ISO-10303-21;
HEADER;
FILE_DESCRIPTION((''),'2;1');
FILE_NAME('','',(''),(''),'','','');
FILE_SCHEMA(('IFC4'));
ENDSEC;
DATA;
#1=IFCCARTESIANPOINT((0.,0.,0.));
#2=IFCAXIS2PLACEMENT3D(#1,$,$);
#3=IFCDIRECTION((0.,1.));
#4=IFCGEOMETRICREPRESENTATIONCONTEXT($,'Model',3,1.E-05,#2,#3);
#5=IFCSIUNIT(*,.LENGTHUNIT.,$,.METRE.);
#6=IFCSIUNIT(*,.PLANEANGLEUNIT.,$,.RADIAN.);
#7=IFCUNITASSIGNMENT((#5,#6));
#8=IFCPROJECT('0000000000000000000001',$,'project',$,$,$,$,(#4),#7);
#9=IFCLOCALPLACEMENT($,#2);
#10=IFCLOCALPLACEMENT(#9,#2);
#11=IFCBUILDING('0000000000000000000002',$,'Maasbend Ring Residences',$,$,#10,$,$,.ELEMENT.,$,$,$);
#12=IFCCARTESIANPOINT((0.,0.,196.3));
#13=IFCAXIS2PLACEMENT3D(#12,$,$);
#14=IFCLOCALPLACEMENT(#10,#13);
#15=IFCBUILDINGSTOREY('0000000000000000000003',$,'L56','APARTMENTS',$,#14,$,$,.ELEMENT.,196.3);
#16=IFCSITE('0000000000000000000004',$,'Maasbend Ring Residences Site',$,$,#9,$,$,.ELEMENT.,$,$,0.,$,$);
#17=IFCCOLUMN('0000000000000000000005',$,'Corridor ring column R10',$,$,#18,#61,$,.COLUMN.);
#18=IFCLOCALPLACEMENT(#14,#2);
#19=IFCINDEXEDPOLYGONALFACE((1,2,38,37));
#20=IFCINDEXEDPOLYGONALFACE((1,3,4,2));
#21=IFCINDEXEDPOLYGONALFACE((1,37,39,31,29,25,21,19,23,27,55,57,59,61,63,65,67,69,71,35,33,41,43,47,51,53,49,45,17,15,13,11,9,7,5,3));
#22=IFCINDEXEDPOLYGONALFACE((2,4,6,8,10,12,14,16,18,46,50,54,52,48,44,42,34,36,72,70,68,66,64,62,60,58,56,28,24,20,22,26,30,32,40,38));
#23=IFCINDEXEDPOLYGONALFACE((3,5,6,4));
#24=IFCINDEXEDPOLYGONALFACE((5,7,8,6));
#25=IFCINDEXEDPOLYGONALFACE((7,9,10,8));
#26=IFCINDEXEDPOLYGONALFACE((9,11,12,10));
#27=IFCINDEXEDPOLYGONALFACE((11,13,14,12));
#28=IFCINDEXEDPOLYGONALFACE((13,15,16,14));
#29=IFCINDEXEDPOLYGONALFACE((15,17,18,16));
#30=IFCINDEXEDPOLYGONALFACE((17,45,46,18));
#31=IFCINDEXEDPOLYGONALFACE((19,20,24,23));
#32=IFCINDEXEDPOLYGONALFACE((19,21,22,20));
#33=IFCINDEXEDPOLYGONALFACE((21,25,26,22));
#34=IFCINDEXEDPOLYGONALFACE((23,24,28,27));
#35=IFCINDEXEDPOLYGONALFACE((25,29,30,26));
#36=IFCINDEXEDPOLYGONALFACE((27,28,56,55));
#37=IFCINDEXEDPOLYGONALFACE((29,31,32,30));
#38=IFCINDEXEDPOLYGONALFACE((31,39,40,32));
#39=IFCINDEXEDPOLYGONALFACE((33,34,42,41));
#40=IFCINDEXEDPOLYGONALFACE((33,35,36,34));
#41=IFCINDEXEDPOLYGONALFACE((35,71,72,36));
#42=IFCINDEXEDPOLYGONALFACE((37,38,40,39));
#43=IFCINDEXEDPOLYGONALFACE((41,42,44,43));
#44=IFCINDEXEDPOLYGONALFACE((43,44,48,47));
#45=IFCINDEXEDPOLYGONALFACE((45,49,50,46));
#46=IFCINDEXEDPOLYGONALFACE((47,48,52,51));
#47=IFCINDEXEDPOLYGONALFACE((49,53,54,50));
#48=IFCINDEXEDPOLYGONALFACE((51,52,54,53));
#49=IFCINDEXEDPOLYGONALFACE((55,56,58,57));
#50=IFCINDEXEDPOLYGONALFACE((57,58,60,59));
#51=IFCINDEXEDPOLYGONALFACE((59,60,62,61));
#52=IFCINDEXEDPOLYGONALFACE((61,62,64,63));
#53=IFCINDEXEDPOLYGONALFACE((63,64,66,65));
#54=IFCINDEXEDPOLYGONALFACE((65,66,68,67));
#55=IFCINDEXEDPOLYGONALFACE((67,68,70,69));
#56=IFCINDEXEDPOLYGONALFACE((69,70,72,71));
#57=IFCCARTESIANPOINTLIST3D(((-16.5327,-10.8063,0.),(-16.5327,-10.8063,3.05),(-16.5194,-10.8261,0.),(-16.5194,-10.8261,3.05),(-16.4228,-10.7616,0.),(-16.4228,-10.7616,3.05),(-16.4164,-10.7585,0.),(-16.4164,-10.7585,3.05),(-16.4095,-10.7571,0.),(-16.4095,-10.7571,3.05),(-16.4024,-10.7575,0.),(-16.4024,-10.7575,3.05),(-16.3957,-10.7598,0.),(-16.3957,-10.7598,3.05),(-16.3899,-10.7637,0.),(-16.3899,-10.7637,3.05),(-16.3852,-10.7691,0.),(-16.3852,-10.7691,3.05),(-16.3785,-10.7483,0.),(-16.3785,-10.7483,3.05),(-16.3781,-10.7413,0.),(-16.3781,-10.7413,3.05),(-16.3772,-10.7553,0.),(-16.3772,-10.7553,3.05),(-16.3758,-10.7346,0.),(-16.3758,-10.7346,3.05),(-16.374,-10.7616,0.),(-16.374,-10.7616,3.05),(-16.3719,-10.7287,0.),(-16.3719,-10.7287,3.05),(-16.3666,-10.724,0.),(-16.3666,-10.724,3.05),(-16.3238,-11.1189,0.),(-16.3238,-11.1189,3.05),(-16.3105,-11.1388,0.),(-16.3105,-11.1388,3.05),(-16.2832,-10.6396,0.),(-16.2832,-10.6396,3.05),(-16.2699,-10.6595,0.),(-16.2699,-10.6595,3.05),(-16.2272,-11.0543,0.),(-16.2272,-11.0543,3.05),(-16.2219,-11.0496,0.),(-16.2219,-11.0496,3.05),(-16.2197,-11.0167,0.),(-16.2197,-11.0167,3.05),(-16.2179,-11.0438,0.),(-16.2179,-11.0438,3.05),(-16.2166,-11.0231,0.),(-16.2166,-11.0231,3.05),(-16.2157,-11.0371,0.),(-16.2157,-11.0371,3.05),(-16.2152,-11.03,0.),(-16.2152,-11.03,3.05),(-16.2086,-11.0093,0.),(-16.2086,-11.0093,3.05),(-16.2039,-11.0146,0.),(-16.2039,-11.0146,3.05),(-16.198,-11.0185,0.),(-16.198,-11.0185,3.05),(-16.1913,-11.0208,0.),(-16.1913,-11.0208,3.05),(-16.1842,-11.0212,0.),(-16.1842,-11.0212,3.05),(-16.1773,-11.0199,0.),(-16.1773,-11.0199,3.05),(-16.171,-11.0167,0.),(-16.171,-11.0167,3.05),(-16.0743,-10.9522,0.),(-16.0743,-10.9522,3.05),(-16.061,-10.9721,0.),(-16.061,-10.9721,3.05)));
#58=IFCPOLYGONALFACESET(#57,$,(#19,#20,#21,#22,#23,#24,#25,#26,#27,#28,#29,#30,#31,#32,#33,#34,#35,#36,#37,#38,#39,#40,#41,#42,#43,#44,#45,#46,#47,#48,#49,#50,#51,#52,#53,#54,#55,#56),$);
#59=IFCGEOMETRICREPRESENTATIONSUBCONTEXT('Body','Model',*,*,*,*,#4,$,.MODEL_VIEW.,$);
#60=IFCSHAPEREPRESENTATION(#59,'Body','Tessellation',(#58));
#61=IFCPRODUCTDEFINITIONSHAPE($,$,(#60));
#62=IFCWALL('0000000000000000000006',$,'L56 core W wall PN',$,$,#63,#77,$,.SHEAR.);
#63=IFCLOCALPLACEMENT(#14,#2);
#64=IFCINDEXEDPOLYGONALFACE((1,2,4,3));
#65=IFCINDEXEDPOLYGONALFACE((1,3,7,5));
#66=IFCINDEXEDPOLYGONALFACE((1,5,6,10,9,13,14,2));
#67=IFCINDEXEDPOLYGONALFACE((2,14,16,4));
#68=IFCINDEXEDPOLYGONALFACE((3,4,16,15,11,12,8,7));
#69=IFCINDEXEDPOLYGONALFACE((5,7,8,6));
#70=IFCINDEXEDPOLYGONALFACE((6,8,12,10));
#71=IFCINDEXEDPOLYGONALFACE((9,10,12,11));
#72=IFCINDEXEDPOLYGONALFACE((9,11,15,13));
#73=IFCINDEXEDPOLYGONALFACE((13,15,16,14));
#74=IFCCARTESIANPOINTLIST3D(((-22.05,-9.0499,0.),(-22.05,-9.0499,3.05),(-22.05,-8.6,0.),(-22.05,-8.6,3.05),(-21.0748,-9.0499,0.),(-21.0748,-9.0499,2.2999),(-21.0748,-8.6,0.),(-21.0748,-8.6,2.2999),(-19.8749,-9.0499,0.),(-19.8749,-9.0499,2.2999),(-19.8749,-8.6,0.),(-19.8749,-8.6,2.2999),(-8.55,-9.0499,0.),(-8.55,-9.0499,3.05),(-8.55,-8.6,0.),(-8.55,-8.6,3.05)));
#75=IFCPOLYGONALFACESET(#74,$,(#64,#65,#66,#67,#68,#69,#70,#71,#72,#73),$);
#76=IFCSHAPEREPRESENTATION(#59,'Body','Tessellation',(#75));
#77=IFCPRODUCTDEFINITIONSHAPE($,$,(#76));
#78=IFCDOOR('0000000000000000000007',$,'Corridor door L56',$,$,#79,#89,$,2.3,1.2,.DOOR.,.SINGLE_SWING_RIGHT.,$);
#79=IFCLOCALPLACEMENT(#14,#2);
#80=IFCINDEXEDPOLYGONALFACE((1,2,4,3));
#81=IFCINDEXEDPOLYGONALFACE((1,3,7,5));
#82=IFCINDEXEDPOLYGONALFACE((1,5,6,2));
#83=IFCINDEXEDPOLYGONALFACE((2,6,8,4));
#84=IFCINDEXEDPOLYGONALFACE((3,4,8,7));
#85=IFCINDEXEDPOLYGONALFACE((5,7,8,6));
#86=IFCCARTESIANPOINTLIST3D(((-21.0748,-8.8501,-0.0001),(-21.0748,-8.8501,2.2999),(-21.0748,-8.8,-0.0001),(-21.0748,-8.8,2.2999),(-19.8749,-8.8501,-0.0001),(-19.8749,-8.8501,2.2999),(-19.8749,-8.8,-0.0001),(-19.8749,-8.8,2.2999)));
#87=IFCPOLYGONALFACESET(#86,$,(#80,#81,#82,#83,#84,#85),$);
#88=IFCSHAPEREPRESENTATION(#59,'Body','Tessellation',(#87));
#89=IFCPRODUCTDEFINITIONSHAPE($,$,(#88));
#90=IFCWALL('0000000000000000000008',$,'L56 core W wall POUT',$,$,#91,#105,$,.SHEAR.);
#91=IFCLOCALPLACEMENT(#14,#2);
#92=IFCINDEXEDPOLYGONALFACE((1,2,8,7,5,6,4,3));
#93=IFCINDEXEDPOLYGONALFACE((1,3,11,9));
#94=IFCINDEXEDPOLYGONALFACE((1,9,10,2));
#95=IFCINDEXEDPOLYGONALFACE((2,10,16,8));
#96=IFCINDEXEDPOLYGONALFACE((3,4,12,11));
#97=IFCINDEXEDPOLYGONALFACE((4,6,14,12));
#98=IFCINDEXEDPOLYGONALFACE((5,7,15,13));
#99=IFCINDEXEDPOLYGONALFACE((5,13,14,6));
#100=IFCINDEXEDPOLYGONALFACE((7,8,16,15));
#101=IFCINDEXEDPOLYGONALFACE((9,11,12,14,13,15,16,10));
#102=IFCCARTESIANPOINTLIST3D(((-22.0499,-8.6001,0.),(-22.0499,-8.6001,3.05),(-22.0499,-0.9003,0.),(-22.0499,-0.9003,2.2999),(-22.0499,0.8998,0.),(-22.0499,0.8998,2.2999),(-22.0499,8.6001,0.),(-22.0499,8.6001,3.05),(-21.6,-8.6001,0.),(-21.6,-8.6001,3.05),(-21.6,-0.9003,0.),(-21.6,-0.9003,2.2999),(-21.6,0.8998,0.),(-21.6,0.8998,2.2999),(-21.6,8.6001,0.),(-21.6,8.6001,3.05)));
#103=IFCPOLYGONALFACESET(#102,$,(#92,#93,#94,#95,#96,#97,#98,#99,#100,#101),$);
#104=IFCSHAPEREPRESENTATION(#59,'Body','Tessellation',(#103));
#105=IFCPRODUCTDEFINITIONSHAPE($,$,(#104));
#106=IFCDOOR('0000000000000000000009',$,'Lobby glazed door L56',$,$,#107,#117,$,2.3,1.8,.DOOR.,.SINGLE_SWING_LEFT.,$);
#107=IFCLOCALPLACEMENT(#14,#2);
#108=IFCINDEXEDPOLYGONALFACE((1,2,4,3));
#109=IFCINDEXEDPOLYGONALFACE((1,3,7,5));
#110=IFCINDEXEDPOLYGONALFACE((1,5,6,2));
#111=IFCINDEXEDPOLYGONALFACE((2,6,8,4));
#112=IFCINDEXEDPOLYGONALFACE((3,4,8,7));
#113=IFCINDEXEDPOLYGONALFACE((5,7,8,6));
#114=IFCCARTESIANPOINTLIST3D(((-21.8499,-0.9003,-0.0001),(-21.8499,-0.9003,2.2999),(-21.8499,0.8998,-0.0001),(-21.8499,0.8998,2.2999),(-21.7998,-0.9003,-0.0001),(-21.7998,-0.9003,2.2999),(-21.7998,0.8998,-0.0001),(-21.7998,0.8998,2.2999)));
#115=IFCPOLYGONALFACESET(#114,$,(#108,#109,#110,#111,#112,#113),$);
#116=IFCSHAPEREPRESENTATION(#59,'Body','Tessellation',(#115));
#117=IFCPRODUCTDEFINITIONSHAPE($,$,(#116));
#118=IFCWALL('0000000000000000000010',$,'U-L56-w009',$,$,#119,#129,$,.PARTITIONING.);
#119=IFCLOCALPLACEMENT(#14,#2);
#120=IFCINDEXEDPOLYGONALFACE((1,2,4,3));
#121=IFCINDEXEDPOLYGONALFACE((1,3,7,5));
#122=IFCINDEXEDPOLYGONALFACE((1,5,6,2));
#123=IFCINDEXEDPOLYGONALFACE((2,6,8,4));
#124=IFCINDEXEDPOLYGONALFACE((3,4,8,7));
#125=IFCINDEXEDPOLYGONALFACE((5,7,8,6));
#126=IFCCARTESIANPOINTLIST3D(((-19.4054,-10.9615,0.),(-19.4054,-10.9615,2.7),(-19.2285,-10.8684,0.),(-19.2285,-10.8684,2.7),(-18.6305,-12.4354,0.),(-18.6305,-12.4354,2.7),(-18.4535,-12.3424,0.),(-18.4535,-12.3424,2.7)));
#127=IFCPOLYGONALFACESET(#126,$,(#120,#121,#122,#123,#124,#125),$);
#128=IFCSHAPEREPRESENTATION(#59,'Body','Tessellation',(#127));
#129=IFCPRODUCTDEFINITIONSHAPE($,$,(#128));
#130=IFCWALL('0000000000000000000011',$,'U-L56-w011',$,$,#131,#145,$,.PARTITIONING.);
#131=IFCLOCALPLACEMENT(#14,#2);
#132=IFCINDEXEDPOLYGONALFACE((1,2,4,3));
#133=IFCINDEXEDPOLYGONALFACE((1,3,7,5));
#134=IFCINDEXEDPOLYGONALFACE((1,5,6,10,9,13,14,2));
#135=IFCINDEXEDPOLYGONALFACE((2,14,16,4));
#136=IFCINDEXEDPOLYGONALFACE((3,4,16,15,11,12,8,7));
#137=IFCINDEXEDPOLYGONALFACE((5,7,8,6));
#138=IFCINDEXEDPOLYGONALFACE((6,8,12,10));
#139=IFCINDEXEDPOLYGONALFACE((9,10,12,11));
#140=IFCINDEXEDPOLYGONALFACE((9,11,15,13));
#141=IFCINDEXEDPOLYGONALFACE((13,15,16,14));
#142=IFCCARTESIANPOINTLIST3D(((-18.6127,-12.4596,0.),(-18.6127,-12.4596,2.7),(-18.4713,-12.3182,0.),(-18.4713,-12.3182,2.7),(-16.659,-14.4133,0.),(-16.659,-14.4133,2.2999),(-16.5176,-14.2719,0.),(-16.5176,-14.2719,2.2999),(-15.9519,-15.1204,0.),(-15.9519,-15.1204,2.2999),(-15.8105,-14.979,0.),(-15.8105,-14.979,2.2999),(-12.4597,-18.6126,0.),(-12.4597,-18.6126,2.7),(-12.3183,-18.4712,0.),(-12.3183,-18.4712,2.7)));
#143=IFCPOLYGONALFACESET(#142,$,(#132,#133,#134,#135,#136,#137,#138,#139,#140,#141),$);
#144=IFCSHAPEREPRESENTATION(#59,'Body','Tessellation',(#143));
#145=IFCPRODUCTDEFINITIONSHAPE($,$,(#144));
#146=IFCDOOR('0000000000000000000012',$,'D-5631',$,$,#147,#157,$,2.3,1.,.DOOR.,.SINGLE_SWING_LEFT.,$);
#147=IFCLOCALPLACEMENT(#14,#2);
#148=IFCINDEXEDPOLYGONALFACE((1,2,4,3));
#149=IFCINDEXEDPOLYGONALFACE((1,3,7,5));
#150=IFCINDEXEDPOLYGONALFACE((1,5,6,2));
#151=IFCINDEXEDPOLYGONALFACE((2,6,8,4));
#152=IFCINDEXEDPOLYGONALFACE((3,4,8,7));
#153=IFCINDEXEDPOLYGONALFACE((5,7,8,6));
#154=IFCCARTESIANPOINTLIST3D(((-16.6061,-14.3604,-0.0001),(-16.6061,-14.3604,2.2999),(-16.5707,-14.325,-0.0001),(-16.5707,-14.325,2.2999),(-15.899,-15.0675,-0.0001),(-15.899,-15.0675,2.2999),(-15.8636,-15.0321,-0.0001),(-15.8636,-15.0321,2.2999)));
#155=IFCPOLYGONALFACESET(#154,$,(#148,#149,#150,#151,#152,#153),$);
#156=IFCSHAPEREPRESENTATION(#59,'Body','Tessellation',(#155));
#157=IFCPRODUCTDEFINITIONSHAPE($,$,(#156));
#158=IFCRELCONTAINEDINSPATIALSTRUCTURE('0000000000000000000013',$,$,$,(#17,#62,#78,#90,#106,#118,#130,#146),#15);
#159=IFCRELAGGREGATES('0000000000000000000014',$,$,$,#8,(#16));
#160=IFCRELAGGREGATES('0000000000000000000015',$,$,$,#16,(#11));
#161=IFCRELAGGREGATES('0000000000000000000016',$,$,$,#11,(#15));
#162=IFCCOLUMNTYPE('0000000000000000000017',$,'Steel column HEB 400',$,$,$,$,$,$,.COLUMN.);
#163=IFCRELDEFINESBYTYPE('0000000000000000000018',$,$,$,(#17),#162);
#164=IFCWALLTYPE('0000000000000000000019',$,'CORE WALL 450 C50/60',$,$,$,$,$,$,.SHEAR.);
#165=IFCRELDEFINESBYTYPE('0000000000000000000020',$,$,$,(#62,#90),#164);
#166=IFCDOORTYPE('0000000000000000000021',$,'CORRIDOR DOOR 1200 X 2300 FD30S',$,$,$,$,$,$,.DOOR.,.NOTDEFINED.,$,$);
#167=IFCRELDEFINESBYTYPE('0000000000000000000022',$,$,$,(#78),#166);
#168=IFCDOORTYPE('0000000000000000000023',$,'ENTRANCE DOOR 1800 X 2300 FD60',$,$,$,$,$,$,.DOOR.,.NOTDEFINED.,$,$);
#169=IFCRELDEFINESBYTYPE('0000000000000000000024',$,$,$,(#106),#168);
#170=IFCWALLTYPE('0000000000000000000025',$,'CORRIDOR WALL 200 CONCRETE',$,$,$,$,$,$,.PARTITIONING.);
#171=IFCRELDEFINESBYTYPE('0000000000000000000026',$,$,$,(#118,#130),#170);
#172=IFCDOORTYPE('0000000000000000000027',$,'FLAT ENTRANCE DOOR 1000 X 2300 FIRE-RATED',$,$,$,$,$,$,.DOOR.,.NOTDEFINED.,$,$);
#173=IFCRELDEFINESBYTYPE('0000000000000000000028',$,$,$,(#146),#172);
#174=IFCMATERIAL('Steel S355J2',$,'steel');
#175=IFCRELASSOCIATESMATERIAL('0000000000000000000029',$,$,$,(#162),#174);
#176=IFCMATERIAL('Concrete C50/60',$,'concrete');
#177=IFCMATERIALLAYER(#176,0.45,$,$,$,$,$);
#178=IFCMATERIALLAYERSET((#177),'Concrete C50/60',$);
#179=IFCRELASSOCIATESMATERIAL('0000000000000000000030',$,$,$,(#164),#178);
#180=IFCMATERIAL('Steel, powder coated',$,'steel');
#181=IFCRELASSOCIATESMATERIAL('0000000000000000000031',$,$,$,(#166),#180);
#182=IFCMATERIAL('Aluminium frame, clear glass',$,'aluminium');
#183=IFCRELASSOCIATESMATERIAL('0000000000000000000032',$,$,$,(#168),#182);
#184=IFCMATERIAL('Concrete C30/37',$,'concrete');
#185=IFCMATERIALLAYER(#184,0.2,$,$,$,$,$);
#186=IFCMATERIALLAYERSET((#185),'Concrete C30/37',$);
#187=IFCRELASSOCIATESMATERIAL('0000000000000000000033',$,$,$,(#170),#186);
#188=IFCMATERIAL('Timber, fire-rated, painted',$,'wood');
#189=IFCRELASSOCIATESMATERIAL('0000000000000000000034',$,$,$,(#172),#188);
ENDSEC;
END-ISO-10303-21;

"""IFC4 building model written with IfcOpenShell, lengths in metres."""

from ifc_helpers import new_model, si_unit, direction, frame, frame_2d, origin, origin_2d, place, context, subcontext, project, spatial, rectangle, i_section, extrude, material, layer, layer_set, material_profile, profile_set, type_object, element, fill, save


model = new_model("IFC4")

# Units and contexts
model_context = context("Model", 3, precision=1e-05, world=origin(), true_north=direction((0.0, 1.0)))
body_context = subcontext(model_context, "Body", "Model", "MODEL_VIEW")
ifc_project = project(units=[si_unit("LENGTHUNIT", "METRE"), si_unit("PLANEANGLEUNIT", "RADIAN")], contexts=[model_context])

# Site, building, storey
site_placement = place(None, origin())
site = spatial("IfcSite", under=ifc_project, at=site_placement, Name="Maasbend Ring Residences Site", CompositionType="ELEMENT", RefElevation=0.0)
building_placement = place(site_placement, origin())
building = spatial("IfcBuilding", under=site, at=building_placement, Name="Maasbend Ring Residences", CompositionType="ELEMENT")
storey_placement = place(building_placement, frame((0.0, 0.0, 196.3)))
storey = spatial("IfcBuildingStorey", under=building, at=storey_placement, Name="L56", Description="APARTMENTS", CompositionType="ELEMENT", Elevation=196.3)

# Column
ifc_material_1 = material(Name="Steel S355J2", Category="steel")
ifc_material_profile = material_profile(ifc_material_1, i_section(OverallWidth=0.3, OverallDepth=0.3999, WebThickness=0.0134, FlangeThickness=0.0239, FilletRadius=0.0271, at=origin_2d()), Name="HEB 400")
ifc_profile_set = profile_set([ifc_material_profile], Name="Steel S355J2")
column_type = type_object("IfcColumnType", Name="Steel column HEB 400", PredefinedType="COLUMN", material=ifc_profile_set)
column_placement = place(storey_placement, frame((-16.2969, -10.8892, 0.0), z_axis=(0.0, 0.0, 1.0), x_axis=(-0.83147, -0.55557, 0.0)))
element("IfcColumn", 1, at=column_placement, inside=storey, type_object=column_type, Name="Corridor ring column R10", PredefinedType="COLUMN", context=body_context, shape_type="SweptSolid", body=[
    extrude(i_section(OverallWidth=0.3, OverallDepth=0.3999, WebThickness=0.0134, FlangeThickness=0.0239, FilletRadius=0.0271, at=origin_2d()), origin(), (0.0, 0.0, 1.0), 3.05),
])

# Walls, openings, doors
ifc_material_2 = material(Name="Concrete C50/60", Category="concrete")
ifc_layer_1 = layer(ifc_material_2, 0.45)
ifc_layer_set_1 = layer_set([ifc_layer_1], Name="Concrete C50/60")
wall_type_1 = type_object("IfcWallType", Name="CORE WALL 450 C50/60", PredefinedType="SHEAR", material=ifc_layer_set_1)
wall_1_placement = place(storey_placement, frame((-22.05, -8.825, 0.0), z_axis=(0.0, 0.0, 1.0), x_axis=(1.0, 0.0, 0.0)))
wall_1 = element("IfcWall", 2, at=wall_1_placement, inside=storey, type_object=wall_type_1, Name="L56 core W wall PN", PredefinedType="SHEAR", context=body_context, shape_type="SweptSolid", body=[
    extrude(rectangle(XDim=13.5, YDim=0.45, at=frame_2d((6.75, 0.0))), origin(), (0.0, 0.0, 1.0), 3.05),
])
opening_1_placement = place(wall_1_placement, frame((0.9751, 0.0, 0.0)))
opening_1 = element("IfcOpeningElement", 3, at=opening_1_placement, cuts=wall_1, PredefinedType="OPENING", context=body_context, shape_type="SweptSolid", body=[
    extrude(rectangle(XDim=1.2, YDim=2.3, at=frame_2d((0.6001, 1.1499))), frame((0.0, 0.2349, 0.0), z_axis=(0.0, -1.0, 0.0), x_axis=(1.0, 0.0, 0.0)), (0.0, 0.0, 1.0), 0.47),
])
ifc_material_3 = material(Name="Steel, powder coated", Category="steel")
door_type_1 = type_object("IfcDoorType", Name="CORRIDOR DOOR 1200 X 2300 FD30S", OperationType="NOTDEFINED", PredefinedType="DOOR", material=ifc_material_3)
door_1_placement = place(opening_1_placement, origin())
door_1 = element("IfcDoor", 4, at=door_1_placement, inside=storey, type_object=door_type_1, Name="Corridor door L56", OperationType="SINGLE_SWING_RIGHT", OverallHeight=2.3, OverallWidth=1.2, PredefinedType="DOOR", context=body_context, shape_type="SweptSolid", body=[
    extrude(rectangle(XDim=1.2, YDim=2.3, at=frame_2d((0.6001, 1.1499))), frame((0.0, 0.0249, 0.0), z_axis=(0.0, -1.0, 0.0), x_axis=(1.0, 0.0, 0.0)), (0.0, 0.0, 1.0), 0.05),
])
fill(opening_1, door_1)
wall_2_placement = place(storey_placement, frame((-21.825, -8.6001, 0.0), z_axis=(0.0, 0.0, 1.0), x_axis=(0.0, 1.0, 0.0)))
wall_2 = element("IfcWall", 5, at=wall_2_placement, inside=storey, type_object=wall_type_1, Name="L56 core W wall POUT", PredefinedType="SHEAR", context=body_context, shape_type="SweptSolid", body=[
    extrude(rectangle(XDim=17.2002, YDim=0.45, at=frame_2d((8.6001, 0.0))), origin(), (0.0, 0.0, 1.0), 3.05),
])
opening_2_placement = place(wall_2_placement, frame((7.7, 0.0, 0.0)))
opening_2 = element("IfcOpeningElement", 6, at=opening_2_placement, cuts=wall_2, PredefinedType="OPENING", context=body_context, shape_type="SweptSolid", body=[
    extrude(rectangle(XDim=1.8, YDim=2.3, at=frame_2d((0.8999, 1.1499))), frame((0.0, 0.2349, 0.0), z_axis=(0.0, -1.0, 0.0), x_axis=(1.0, 0.0, 0.0)), (0.0, 0.0, 1.0), 0.47),
])
ifc_material_4 = material(Name="Aluminium frame, clear glass", Category="aluminium")
door_type_2 = type_object("IfcDoorType", Name="ENTRANCE DOOR 1800 X 2300 FD60", OperationType="NOTDEFINED", PredefinedType="DOOR", material=ifc_material_4)
door_2_placement = place(opening_2_placement, origin())
door_2 = element("IfcDoor", 7, at=door_2_placement, inside=storey, type_object=door_type_2, Name="Lobby glazed door L56", OperationType="SINGLE_SWING_LEFT", OverallHeight=2.3, OverallWidth=1.8, PredefinedType="DOOR", context=body_context, shape_type="SweptSolid", body=[
    extrude(rectangle(XDim=1.8, YDim=2.3, at=frame_2d((0.8999, 1.1499))), frame((0.0, 0.0249, 0.0), z_axis=(0.0, -1.0, 0.0), x_axis=(1.0, 0.0, 0.0)), (0.0, 0.0, 1.0), 0.05),
])
fill(opening_2, door_2)

# Wall
ifc_material_5 = material(Name="Concrete C30/37", Category="concrete")
ifc_layer_2 = layer(ifc_material_5, 0.2)
ifc_layer_set_2 = layer_set([ifc_layer_2], Name="Concrete C30/37")
wall_type_2 = type_object("IfcWallType", Name="CORRIDOR WALL 200 CONCRETE", PredefinedType="PARTITIONING", material=ifc_layer_set_2)
wall_3_placement = place(storey_placement, frame((-19.3169, -10.915, 0.0), z_axis=(0.0, 0.0, 1.0), x_axis=(0.46536, -0.885122, 0.0)))
element("IfcWall", 8, at=wall_3_placement, inside=storey, type_object=wall_type_2, Name="U-L56-w009", PredefinedType="PARTITIONING", context=body_context, shape_type="SweptSolid", body=[
    extrude(rectangle(XDim=1.6653, YDim=0.2, at=frame_2d((0.8325, 0.0))), origin(), (0.0, 0.0, 1.0), 2.7),
])

# Wall, opening, door
wall_4_placement = place(storey_placement, frame((-18.542, -12.3889, 0.0), z_axis=(0.0, 0.0, 1.0), x_axis=(0.707107, -0.707107, 0.0)))
wall_4 = element("IfcWall", 9, at=wall_4_placement, inside=storey, type_object=wall_type_2, Name="U-L56-w011", PredefinedType="PARTITIONING", context=body_context, shape_type="SweptSolid", body=[
    extrude(rectangle(XDim=8.7017, YDim=0.2, at=frame_2d((4.3508, 0.0))), origin(), (0.0, 0.0, 1.0), 2.7),
])
opening_3_placement = place(wall_4_placement, frame((2.7629, 0.0, 0.0)))
opening_3 = element("IfcOpeningElement", 10, at=opening_3_placement, cuts=wall_4, PredefinedType="OPENING", context=body_context, shape_type="SweptSolid", body=[
    extrude(rectangle(XDim=1.0, YDim=2.3, at=frame_2d((0.5, 1.1499))), frame((0.0, 0.1099, 0.0), z_axis=(0.0, -1.0, 0.0), x_axis=(1.0, 0.0, 0.0)), (0.0, 0.0, 1.0), 0.22),
])
ifc_material_6 = material(Name="Timber, fire-rated, painted", Category="wood")
door_type_3 = type_object("IfcDoorType", Name="FLAT ENTRANCE DOOR 1000 X 2300 FIRE-RATED", OperationType="NOTDEFINED", PredefinedType="DOOR", material=ifc_material_6)
door_3_placement = place(opening_3_placement, origin())
door_3 = element("IfcDoor", 11, at=door_3_placement, inside=storey, type_object=door_type_3, Name="D-5631", OperationType="SINGLE_SWING_LEFT", OverallHeight=2.3, OverallWidth=1.0, PredefinedType="DOOR", context=body_context, shape_type="SweptSolid", body=[
    extrude(rectangle(XDim=1.0, YDim=2.3, at=frame_2d((0.5, 1.1499))), frame((0.0, 0.0249, 0.0), z_axis=(0.0, -1.0, 0.0), x_axis=(1.0, 0.0, 0.0)), (0.0, 0.0, 1.0), 0.05),
])
fill(opening_3, door_3)

save(model, "model.ifc")
